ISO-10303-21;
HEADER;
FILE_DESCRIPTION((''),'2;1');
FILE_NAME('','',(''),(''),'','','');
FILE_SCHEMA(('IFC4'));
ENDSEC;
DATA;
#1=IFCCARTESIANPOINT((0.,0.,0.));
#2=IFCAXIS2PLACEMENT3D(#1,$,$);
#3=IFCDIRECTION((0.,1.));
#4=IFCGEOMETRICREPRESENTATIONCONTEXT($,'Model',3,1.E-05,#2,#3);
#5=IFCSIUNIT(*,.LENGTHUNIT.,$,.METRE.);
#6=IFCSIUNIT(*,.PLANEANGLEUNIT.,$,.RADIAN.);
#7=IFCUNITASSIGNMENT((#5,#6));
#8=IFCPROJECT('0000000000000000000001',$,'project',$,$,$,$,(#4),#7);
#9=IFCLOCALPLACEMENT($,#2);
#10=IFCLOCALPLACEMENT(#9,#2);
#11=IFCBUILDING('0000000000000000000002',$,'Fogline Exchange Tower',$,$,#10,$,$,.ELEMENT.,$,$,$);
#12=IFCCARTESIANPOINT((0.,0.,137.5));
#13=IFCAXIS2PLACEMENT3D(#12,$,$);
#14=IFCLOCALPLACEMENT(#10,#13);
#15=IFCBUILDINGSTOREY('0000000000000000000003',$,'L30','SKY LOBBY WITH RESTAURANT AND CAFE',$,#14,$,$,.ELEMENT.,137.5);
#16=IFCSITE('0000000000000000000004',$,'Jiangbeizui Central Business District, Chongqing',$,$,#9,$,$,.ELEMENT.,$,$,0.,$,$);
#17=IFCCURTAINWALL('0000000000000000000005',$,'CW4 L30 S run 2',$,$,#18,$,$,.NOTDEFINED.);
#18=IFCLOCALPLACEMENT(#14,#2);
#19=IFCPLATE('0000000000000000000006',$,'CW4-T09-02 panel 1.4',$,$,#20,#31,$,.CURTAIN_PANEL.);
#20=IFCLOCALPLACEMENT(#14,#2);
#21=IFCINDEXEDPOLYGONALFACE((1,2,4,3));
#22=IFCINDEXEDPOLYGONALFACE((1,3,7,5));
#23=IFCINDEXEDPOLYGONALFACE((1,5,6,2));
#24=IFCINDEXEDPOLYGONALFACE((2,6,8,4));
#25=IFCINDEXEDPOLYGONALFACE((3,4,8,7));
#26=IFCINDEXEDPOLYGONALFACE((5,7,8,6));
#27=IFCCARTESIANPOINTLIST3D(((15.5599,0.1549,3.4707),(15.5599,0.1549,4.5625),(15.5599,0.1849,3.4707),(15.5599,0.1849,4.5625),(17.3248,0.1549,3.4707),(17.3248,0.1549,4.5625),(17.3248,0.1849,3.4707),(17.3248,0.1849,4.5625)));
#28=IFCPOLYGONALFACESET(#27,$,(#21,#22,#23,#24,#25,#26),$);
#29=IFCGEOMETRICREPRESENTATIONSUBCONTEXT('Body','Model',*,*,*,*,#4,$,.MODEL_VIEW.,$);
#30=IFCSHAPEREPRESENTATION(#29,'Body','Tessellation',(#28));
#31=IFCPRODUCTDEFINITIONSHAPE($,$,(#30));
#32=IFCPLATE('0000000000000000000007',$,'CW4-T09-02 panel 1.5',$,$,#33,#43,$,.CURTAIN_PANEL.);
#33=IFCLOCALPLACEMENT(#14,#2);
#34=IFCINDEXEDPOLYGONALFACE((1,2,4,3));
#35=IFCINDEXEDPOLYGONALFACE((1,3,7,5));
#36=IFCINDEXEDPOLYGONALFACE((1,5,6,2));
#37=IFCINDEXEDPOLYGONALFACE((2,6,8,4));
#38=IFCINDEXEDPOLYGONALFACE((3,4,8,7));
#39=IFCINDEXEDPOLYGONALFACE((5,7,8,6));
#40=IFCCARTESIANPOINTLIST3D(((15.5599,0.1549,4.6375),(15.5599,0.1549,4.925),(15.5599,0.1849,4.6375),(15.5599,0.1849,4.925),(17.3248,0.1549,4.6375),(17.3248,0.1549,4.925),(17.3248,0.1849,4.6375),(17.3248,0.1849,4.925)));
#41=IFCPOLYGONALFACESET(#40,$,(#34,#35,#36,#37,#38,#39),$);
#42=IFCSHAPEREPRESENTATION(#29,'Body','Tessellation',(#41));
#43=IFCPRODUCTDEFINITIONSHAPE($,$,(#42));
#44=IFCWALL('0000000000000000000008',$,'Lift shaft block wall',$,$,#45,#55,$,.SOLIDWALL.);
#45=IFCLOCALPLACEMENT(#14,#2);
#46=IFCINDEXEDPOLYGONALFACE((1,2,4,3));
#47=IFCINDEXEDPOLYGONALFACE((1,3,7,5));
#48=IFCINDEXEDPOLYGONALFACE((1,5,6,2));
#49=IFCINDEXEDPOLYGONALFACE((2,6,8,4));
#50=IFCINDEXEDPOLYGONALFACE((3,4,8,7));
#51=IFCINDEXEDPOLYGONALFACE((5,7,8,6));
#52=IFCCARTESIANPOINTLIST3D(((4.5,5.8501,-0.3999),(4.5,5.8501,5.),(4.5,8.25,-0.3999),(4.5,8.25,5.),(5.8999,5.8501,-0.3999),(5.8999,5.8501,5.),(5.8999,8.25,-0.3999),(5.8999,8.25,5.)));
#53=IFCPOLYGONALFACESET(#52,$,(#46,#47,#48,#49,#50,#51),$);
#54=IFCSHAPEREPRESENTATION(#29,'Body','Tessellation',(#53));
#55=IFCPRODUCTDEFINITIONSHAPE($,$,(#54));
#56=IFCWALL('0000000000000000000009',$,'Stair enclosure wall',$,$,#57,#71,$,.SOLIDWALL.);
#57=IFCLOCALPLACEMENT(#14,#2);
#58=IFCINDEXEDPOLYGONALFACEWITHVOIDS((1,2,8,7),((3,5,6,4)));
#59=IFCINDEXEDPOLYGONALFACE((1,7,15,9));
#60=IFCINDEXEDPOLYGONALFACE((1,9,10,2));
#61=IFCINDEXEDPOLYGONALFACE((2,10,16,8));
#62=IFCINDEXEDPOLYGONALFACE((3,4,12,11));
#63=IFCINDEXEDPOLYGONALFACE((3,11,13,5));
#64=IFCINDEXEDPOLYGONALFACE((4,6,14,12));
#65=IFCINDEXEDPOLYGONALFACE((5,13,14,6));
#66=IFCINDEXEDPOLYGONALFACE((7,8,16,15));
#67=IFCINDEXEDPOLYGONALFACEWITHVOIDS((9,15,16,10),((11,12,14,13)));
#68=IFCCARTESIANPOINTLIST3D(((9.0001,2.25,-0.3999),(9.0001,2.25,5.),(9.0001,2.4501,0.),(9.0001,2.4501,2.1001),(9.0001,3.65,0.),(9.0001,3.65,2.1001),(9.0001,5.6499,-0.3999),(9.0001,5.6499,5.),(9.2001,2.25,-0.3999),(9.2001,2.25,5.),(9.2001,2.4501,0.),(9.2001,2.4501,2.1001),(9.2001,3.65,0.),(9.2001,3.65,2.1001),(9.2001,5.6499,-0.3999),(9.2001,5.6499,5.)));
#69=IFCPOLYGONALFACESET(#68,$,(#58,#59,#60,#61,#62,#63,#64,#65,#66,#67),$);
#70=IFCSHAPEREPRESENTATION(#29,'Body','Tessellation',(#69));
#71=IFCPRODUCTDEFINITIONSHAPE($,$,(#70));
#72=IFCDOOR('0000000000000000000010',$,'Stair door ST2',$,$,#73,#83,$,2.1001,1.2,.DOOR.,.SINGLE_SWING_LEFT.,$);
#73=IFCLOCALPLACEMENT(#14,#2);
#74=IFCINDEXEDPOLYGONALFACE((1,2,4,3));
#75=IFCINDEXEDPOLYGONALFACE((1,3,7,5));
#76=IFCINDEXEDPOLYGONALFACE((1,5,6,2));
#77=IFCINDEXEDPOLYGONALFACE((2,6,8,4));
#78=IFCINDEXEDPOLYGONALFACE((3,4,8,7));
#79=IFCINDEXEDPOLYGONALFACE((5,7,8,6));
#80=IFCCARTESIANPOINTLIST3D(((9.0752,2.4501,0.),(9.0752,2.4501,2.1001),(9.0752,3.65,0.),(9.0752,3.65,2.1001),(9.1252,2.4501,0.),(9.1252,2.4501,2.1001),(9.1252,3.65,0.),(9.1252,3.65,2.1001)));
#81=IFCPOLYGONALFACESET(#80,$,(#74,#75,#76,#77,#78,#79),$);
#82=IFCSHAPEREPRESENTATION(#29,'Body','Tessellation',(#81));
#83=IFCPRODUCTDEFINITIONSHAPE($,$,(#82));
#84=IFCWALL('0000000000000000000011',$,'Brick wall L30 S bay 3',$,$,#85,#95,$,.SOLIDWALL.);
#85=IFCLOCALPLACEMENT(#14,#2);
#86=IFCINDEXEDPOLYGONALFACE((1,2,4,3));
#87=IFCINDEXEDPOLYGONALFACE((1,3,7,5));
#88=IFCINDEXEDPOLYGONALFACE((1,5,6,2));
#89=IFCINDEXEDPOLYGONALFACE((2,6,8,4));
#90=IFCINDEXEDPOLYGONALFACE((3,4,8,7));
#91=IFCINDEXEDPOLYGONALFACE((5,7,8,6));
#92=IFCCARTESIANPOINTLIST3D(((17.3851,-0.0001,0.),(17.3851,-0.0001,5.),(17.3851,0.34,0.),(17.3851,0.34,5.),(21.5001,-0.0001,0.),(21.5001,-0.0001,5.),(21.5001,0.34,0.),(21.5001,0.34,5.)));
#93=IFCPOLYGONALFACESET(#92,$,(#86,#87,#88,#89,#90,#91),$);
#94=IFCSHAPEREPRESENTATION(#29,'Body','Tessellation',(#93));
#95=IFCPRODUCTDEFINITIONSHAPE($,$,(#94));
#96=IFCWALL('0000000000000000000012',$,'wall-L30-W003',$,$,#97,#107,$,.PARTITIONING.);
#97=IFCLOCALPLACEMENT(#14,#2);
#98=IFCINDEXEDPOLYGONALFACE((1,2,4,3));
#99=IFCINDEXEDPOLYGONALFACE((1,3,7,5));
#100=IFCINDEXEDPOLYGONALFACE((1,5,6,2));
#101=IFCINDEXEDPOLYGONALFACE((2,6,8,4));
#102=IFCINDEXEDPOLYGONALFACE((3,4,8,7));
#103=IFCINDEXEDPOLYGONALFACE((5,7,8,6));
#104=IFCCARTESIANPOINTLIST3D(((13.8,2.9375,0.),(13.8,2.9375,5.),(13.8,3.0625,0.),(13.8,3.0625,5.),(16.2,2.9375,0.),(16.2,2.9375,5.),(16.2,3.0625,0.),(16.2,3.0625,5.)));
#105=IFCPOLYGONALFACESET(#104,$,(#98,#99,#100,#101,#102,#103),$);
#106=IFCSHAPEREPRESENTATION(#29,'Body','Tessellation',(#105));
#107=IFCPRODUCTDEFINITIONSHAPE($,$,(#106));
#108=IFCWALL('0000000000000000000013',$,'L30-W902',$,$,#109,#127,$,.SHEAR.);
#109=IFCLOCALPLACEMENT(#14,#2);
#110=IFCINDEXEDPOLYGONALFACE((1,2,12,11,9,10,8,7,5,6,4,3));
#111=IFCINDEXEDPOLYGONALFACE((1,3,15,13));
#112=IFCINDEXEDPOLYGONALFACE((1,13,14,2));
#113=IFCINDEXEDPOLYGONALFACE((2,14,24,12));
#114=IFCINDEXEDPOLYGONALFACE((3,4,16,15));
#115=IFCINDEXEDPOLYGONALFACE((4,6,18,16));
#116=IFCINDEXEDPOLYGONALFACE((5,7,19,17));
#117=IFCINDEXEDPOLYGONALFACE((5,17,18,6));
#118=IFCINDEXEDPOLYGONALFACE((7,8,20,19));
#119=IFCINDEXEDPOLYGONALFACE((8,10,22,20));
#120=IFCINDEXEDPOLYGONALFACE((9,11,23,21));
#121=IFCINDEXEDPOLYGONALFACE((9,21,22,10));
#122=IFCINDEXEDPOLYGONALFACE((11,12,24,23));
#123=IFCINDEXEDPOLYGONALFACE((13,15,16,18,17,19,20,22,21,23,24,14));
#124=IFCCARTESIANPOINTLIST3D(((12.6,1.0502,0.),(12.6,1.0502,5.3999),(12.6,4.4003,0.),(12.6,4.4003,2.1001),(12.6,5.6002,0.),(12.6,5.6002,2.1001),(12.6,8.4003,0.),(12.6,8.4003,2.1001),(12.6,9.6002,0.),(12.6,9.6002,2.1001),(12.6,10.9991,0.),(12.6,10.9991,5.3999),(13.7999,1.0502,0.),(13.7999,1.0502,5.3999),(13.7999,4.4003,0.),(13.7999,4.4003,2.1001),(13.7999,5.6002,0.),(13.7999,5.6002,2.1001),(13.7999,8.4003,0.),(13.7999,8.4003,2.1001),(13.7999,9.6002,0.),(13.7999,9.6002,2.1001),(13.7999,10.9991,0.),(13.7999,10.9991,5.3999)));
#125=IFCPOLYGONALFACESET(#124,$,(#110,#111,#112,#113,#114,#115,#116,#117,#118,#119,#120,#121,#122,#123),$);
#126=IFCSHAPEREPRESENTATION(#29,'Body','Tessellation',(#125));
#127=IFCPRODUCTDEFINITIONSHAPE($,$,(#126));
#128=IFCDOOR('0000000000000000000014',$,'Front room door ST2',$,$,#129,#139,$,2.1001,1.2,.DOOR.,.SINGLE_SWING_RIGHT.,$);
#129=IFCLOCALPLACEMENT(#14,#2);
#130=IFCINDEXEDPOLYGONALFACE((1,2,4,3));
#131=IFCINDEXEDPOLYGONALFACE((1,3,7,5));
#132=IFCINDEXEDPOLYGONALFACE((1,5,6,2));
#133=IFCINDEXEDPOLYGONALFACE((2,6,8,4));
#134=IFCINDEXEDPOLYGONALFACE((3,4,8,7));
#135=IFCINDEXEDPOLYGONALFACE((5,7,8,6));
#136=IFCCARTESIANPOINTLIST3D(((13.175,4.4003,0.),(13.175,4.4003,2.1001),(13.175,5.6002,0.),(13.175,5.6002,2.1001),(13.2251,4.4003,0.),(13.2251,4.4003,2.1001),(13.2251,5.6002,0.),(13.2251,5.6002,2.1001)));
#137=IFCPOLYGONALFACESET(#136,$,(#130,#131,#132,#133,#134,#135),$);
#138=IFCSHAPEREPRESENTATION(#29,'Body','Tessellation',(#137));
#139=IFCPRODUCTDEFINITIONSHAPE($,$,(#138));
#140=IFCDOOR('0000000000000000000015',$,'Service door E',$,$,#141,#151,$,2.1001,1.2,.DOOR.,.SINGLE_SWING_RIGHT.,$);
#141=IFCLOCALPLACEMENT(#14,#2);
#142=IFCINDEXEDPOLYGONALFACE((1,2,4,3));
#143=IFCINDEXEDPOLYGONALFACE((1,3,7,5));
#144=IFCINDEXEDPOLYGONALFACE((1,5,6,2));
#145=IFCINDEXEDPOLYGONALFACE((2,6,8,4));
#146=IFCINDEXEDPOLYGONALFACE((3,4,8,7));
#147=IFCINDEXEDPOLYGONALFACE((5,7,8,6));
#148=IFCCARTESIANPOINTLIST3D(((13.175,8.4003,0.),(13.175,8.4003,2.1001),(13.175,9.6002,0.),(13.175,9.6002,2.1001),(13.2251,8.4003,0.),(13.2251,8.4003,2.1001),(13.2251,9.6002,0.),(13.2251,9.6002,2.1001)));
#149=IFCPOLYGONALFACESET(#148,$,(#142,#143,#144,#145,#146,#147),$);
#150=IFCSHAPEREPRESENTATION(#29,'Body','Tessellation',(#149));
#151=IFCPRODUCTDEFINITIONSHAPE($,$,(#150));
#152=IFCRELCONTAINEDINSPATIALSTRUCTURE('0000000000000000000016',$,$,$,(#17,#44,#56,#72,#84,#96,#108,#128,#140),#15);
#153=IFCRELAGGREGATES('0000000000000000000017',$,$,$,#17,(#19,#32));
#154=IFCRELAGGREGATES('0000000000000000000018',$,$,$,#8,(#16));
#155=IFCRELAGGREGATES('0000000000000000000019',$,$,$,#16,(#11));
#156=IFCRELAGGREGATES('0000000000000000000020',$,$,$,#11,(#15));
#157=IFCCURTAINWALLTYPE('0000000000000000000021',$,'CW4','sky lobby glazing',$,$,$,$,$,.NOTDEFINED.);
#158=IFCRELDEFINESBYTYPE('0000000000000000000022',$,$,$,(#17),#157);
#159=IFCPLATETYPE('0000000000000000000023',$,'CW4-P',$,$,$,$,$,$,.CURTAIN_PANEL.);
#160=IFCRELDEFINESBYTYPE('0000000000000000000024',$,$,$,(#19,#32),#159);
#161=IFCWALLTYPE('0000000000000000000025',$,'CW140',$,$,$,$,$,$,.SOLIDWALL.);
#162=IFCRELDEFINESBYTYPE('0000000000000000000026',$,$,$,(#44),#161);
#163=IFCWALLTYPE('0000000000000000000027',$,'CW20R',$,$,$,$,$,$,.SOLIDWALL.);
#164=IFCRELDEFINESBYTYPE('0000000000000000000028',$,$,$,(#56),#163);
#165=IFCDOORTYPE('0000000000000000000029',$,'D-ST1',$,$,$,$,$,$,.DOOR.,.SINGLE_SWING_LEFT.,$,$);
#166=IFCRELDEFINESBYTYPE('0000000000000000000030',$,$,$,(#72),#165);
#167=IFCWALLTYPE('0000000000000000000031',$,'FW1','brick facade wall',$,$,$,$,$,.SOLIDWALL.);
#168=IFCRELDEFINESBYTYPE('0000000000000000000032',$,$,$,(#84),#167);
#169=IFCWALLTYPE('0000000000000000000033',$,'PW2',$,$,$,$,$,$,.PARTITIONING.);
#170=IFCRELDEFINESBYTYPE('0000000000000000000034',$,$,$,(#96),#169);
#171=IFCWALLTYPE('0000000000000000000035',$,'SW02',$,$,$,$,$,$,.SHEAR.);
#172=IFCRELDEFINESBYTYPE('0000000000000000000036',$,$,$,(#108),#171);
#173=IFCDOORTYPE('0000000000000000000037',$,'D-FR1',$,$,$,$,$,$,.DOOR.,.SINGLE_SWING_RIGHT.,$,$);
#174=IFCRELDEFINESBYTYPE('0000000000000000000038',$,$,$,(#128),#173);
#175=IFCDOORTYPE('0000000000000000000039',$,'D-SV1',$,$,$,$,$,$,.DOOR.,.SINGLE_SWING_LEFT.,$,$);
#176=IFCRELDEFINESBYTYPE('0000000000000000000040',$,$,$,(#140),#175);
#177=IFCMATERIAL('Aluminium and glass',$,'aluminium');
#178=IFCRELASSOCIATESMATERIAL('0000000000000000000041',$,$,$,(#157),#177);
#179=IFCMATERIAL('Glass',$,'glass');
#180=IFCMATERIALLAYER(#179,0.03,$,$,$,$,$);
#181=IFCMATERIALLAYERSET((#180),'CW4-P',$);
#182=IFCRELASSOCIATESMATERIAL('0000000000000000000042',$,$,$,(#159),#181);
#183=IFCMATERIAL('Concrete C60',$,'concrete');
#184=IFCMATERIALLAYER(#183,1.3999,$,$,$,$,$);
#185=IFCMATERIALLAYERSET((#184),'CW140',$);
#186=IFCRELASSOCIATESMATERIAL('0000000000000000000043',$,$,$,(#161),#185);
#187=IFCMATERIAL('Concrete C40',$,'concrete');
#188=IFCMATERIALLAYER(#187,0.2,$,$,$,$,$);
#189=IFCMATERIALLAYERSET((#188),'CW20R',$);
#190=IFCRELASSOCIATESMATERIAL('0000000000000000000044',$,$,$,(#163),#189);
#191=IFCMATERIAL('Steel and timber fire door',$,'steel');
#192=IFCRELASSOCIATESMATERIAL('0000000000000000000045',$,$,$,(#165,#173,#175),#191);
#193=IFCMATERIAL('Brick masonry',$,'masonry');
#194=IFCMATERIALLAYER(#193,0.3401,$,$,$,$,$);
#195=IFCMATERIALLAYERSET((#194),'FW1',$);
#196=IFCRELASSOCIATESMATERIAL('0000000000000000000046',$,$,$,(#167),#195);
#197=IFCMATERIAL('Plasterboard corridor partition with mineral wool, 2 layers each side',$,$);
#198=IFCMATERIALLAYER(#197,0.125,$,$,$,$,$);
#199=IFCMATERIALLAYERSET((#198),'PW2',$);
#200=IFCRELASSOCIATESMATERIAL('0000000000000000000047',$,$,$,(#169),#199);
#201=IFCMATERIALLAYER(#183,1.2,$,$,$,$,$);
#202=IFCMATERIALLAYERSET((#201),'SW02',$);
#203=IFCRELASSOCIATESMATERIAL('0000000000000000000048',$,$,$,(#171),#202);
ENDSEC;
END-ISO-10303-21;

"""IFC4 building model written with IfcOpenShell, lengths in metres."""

from ifc_helpers import new_model, si_unit, direction, frame, frame_2d, origin, origin_2d, place, context, subcontext, project, spatial, rectangle, extrude, material, layer, layer_set, type_object, element, fill, aggregate, save


model = new_model("IFC4")

# Units and contexts
model_context = context("Model", 3, precision=1e-05, world=origin(), true_north=direction((0.0, 1.0)))
body_context = subcontext(model_context, "Body", "Model", "MODEL_VIEW")
ifc_project = project(units=[si_unit("LENGTHUNIT", "METRE"), si_unit("PLANEANGLEUNIT", "RADIAN")], contexts=[model_context])

# Site, building, storey
site_placement = place(None, origin())
site = spatial("IfcSite", under=ifc_project, at=site_placement, Name="Jiangbeizui Central Business District, Chongqing", CompositionType="ELEMENT", RefElevation=0.0)
building_placement = place(site_placement, origin())
building = spatial("IfcBuilding", under=site, at=building_placement, Name="Fogline Exchange Tower", CompositionType="ELEMENT")
storey_placement = place(building_placement, frame((0.0, 0.0, 137.5)))
storey = spatial("IfcBuildingStorey", under=building, at=storey_placement, Name="L30", Description="SKY LOBBY WITH RESTAURANT AND CAFE", CompositionType="ELEMENT", Elevation=137.5)

# Shared definitions
ifc_material_1 = material(Name="Concrete C40", Category="concrete")

# Curtain wall, plates
ifc_material_2 = material(Name="Aluminium and glass", Category="aluminium")
curtain_wall_type = type_object("IfcCurtainWallType", Name="CW4", Description="sky lobby glazing", PredefinedType="NOTDEFINED", material=ifc_material_2)
curtain_wall_placement = place(storey_placement, origin())
curtain_wall = element("IfcCurtainWall", 1, at=curtain_wall_placement, inside=storey, type_object=curtain_wall_type, Name="CW4 L30 S run 2", PredefinedType="NOTDEFINED")
ifc_material_3 = material(Name="Glass", Category="glass")
ifc_layer_1 = layer(ifc_material_3, 0.03)
ifc_layer_set_1 = layer_set([ifc_layer_1], Name="CW4-P")
plate_type = type_object("IfcPlateType", Name="CW4-P", PredefinedType="CURTAIN_PANEL", material=ifc_layer_set_1)
plate_1_placement = place(storey_placement, frame((16.4424, 0.1699, 3.4707), z_axis=(0.0, 0.0, 1.0), x_axis=(1.0, 0.0, 0.0)))
plate_1 = element("IfcPlate", 2, at=plate_1_placement, type_object=plate_type, Name="CW4-T09-02 panel 1.4", PredefinedType="CURTAIN_PANEL", context=body_context, shape_type="SweptSolid", body=[
    extrude(rectangle(XDim=1.7649, YDim=0.03, at=origin_2d()), origin(), (0.0, 0.0, 1.0), 1.0918),
])
plate_2_placement = place(storey_placement, frame((16.4424, 0.1699, 4.6375), z_axis=(0.0, 0.0, 1.0), x_axis=(1.0, 0.0, 0.0)))
plate_2 = element("IfcPlate", 3, at=plate_2_placement, type_object=plate_type, Name="CW4-T09-02 panel 1.5", PredefinedType="CURTAIN_PANEL", context=body_context, shape_type="SweptSolid", body=[
    extrude(rectangle(XDim=1.7649, YDim=0.03, at=origin_2d()), origin(), (0.0, 0.0, 1.0), 0.2876),
])
aggregate(curtain_wall, [plate_1, plate_2])

# Wall
ifc_material_4 = material(Name="Concrete C60", Category="concrete")
ifc_layer_2 = layer(ifc_material_4, 1.3999)
ifc_layer_set_2 = layer_set([ifc_layer_2], Name="CW140")
wall_type_1 = type_object("IfcWallType", Name="CW140", PredefinedType="SOLIDWALL", material=ifc_layer_set_2)
wall_1_placement = place(storey_placement, frame((5.2, 5.8501, -0.3999), z_axis=(0.0, 0.0, 1.0), x_axis=(0.0, 1.0, 0.0)))
element("IfcWall", 4, at=wall_1_placement, inside=storey, type_object=wall_type_1, Name="Lift shaft block wall", PredefinedType="SOLIDWALL", context=body_context, shape_type="SweptSolid", body=[
    extrude(rectangle(XDim=2.3999, YDim=1.3999, at=frame_2d((1.2, 0.0))), origin(), (0.0, 0.0, 1.0), 5.3999),
])

# Wall, opening, door
ifc_layer_3 = layer(ifc_material_1, 0.2)
ifc_layer_set_3 = layer_set([ifc_layer_3], Name="CW20R")
wall_type_2 = type_object("IfcWallType", Name="CW20R", PredefinedType="SOLIDWALL", material=ifc_layer_set_3)
wall_2_placement = place(storey_placement, frame((9.1001, 2.25, -0.3999), z_axis=(0.0, 0.0, 1.0), x_axis=(0.0, 1.0, 0.0)))
wall_2 = element("IfcWall", 5, at=wall_2_placement, inside=storey, type_object=wall_type_2, Name="Stair enclosure wall", PredefinedType="SOLIDWALL", context=body_context, shape_type="SweptSolid", body=[
    extrude(rectangle(XDim=3.3999, YDim=0.2, at=frame_2d((1.7, 0.0))), origin(), (0.0, 0.0, 1.0), 5.3999),
])
opening_1_placement = place(wall_2_placement, frame((0.2, 0.0, 0.3999)))
opening_1 = element("IfcOpeningElement", 6, at=opening_1_placement, cuts=wall_2, PredefinedType="OPENING", context=body_context, shape_type="SweptSolid", body=[
    extrude(rectangle(XDim=1.2, YDim=2.1001, at=frame_2d((0.6001, 1.05))), frame((0.0, 0.1099, 0.0), z_axis=(0.0, -1.0, 0.0), x_axis=(1.0, 0.0, 0.0)), (0.0, 0.0, 1.0), 0.22),
])
ifc_material_5 = material(Name="Steel and timber fire door", Category="steel")
door_type_1 = type_object("IfcDoorType", Name="D-ST1", OperationType="SINGLE_SWING_LEFT", PredefinedType="DOOR", material=ifc_material_5)
door_1_placement = place(opening_1_placement, origin())
door_1 = element("IfcDoor", 7, at=door_1_placement, inside=storey, type_object=door_type_1, Name="Stair door ST2", OperationType="SINGLE_SWING_LEFT", OverallHeight=2.1001, OverallWidth=1.2, PredefinedType="DOOR", context=body_context, shape_type="SweptSolid", body=[
    extrude(rectangle(XDim=1.2, YDim=2.1001, at=frame_2d((0.6001, 1.05))), frame((0.0, 0.0249, 0.0), z_axis=(0.0, -1.0, 0.0), x_axis=(1.0, 0.0, 0.0)), (0.0, 0.0, 1.0), 0.05),
])
fill(opening_1, door_1)

# Walls
ifc_material_6 = material(Name="Brick masonry", Category="masonry")
ifc_layer_4 = layer(ifc_material_6, 0.3401)
ifc_layer_set_4 = layer_set([ifc_layer_4], Name="FW1")
wall_type_3 = type_object("IfcWallType", Name="FW1", Description="brick facade wall", PredefinedType="SOLIDWALL", material=ifc_layer_set_4)
wall_3_placement = place(storey_placement, frame((17.385, 0.1699, 0.0), z_axis=(0.0, 0.0, 1.0), x_axis=(1.0, 0.0, 0.0)))
element("IfcWall", 8, at=wall_3_placement, inside=storey, type_object=wall_type_3, Name="Brick wall L30 S bay 3", PredefinedType="SOLIDWALL", context=body_context, shape_type="SweptSolid", body=[
    extrude(rectangle(XDim=4.115, YDim=0.3401, at=frame_2d((2.0576, 0.0))), origin(), (0.0, 0.0, 1.0), 5.0),
])
ifc_material_7 = material(Name="Plasterboard corridor partition with mineral wool, 2 layers each side")
ifc_layer_5 = layer(ifc_material_7, 0.125)
ifc_layer_set_5 = layer_set([ifc_layer_5], Name="PW2")
wall_type_4 = type_object("IfcWallType", Name="PW2", PredefinedType="PARTITIONING", material=ifc_layer_set_5)
wall_4_placement = place(storey_placement, frame((16.2, 3.0, 0.0), z_axis=(0.0, 0.0, 1.0), x_axis=(-1.0, 0.0, 0.0)))
element("IfcWall", 9, at=wall_4_placement, inside=storey, type_object=wall_type_4, Name="wall-L30-W003", PredefinedType="PARTITIONING", context=body_context, shape_type="SweptSolid", body=[
    extrude(rectangle(XDim=2.3999, YDim=0.125, at=frame_2d((1.2, 0.0))), origin(), (0.0, 0.0, 1.0), 5.0),
])

# Wall, openings, doors
ifc_layer_6 = layer(ifc_material_4, 1.2)
ifc_layer_set_6 = layer_set([ifc_layer_6], Name="SW02")
wall_type_5 = type_object("IfcWallType", Name="SW02", PredefinedType="SHEAR", material=ifc_layer_set_6)
wall_5_placement = place(storey_placement, frame((13.2, 1.05, 0.0), z_axis=(0.0, 0.0, 1.0), x_axis=(0.0, 1.0, 0.0)))
wall_5 = element("IfcWall", 10, at=wall_5_placement, inside=storey, type_object=wall_type_5, Name="L30-W902", PredefinedType="SHEAR", context=body_context, shape_type="SweptSolid", body=[
    extrude(rectangle(XDim=9.949, YDim=1.2, at=frame_2d((4.9746, 0.0))), origin(), (0.0, 0.0, 1.0), 5.3999),
])
opening_2_placement = place(wall_5_placement, frame((3.3501, 0.0, 0.0)))
opening_2 = element("IfcOpeningElement", 11, at=opening_2_placement, cuts=wall_5, PredefinedType="OPENING", context=body_context, shape_type="SweptSolid", body=[
    extrude(rectangle(XDim=1.2, YDim=2.1001, at=frame_2d((0.6001, 1.05))), frame((0.0, 0.6099, 0.0), z_axis=(0.0, -1.0, 0.0), x_axis=(1.0, 0.0, 0.0)), (0.0, 0.0, 1.0), 1.22),
])
opening_3_placement = place(wall_5_placement, frame((7.3501, 0.0, 0.0)))
opening_3 = element("IfcOpeningElement", 12, at=opening_3_placement, cuts=wall_5, PredefinedType="OPENING", context=body_context, shape_type="SweptSolid", body=[
    extrude(rectangle(XDim=1.2, YDim=2.1001, at=frame_2d((0.6001, 1.05))), frame((0.0, 0.6099, 0.0), z_axis=(0.0, -1.0, 0.0), x_axis=(1.0, 0.0, 0.0)), (0.0, 0.0, 1.0), 1.22),
])
door_type_2 = type_object("IfcDoorType", Name="D-FR1", OperationType="SINGLE_SWING_RIGHT", PredefinedType="DOOR", material=ifc_material_5)
door_2_placement = place(opening_2_placement, origin())
door_2 = element("IfcDoor", 13, at=door_2_placement, inside=storey, type_object=door_type_2, Name="Front room door ST2", OperationType="SINGLE_SWING_RIGHT", OverallHeight=2.1001, OverallWidth=1.2, PredefinedType="DOOR", context=body_context, shape_type="SweptSolid", body=[
    extrude(rectangle(XDim=1.2, YDim=2.1001, at=frame_2d((0.6001, 1.05))), frame((0.0, 0.0249, 0.0), z_axis=(0.0, -1.0, 0.0), x_axis=(1.0, 0.0, 0.0)), (0.0, 0.0, 1.0), 0.05),
])
fill(opening_2, door_2)
door_type_3 = type_object("IfcDoorType", Name="D-SV1", OperationType="SINGLE_SWING_LEFT", PredefinedType="DOOR", material=ifc_material_5)
door_3_placement = place(opening_3_placement, origin())
door_3 = element("IfcDoor", 14, at=door_3_placement, inside=storey, type_object=door_type_3, Name="Service door E", OperationType="SINGLE_SWING_RIGHT", OverallHeight=2.1001, OverallWidth=1.2, PredefinedType="DOOR", context=body_context, shape_type="SweptSolid", body=[
    extrude(rectangle(XDim=1.2, YDim=2.1001, at=frame_2d((0.6001, 1.05))), frame((0.0, 0.0249, 0.0), z_axis=(0.0, -1.0, 0.0), x_axis=(1.0, 0.0, 0.0)), (0.0, 0.0, 1.0), 0.05),
])
fill(opening_3, door_3)

save(model, "model.ifc")
